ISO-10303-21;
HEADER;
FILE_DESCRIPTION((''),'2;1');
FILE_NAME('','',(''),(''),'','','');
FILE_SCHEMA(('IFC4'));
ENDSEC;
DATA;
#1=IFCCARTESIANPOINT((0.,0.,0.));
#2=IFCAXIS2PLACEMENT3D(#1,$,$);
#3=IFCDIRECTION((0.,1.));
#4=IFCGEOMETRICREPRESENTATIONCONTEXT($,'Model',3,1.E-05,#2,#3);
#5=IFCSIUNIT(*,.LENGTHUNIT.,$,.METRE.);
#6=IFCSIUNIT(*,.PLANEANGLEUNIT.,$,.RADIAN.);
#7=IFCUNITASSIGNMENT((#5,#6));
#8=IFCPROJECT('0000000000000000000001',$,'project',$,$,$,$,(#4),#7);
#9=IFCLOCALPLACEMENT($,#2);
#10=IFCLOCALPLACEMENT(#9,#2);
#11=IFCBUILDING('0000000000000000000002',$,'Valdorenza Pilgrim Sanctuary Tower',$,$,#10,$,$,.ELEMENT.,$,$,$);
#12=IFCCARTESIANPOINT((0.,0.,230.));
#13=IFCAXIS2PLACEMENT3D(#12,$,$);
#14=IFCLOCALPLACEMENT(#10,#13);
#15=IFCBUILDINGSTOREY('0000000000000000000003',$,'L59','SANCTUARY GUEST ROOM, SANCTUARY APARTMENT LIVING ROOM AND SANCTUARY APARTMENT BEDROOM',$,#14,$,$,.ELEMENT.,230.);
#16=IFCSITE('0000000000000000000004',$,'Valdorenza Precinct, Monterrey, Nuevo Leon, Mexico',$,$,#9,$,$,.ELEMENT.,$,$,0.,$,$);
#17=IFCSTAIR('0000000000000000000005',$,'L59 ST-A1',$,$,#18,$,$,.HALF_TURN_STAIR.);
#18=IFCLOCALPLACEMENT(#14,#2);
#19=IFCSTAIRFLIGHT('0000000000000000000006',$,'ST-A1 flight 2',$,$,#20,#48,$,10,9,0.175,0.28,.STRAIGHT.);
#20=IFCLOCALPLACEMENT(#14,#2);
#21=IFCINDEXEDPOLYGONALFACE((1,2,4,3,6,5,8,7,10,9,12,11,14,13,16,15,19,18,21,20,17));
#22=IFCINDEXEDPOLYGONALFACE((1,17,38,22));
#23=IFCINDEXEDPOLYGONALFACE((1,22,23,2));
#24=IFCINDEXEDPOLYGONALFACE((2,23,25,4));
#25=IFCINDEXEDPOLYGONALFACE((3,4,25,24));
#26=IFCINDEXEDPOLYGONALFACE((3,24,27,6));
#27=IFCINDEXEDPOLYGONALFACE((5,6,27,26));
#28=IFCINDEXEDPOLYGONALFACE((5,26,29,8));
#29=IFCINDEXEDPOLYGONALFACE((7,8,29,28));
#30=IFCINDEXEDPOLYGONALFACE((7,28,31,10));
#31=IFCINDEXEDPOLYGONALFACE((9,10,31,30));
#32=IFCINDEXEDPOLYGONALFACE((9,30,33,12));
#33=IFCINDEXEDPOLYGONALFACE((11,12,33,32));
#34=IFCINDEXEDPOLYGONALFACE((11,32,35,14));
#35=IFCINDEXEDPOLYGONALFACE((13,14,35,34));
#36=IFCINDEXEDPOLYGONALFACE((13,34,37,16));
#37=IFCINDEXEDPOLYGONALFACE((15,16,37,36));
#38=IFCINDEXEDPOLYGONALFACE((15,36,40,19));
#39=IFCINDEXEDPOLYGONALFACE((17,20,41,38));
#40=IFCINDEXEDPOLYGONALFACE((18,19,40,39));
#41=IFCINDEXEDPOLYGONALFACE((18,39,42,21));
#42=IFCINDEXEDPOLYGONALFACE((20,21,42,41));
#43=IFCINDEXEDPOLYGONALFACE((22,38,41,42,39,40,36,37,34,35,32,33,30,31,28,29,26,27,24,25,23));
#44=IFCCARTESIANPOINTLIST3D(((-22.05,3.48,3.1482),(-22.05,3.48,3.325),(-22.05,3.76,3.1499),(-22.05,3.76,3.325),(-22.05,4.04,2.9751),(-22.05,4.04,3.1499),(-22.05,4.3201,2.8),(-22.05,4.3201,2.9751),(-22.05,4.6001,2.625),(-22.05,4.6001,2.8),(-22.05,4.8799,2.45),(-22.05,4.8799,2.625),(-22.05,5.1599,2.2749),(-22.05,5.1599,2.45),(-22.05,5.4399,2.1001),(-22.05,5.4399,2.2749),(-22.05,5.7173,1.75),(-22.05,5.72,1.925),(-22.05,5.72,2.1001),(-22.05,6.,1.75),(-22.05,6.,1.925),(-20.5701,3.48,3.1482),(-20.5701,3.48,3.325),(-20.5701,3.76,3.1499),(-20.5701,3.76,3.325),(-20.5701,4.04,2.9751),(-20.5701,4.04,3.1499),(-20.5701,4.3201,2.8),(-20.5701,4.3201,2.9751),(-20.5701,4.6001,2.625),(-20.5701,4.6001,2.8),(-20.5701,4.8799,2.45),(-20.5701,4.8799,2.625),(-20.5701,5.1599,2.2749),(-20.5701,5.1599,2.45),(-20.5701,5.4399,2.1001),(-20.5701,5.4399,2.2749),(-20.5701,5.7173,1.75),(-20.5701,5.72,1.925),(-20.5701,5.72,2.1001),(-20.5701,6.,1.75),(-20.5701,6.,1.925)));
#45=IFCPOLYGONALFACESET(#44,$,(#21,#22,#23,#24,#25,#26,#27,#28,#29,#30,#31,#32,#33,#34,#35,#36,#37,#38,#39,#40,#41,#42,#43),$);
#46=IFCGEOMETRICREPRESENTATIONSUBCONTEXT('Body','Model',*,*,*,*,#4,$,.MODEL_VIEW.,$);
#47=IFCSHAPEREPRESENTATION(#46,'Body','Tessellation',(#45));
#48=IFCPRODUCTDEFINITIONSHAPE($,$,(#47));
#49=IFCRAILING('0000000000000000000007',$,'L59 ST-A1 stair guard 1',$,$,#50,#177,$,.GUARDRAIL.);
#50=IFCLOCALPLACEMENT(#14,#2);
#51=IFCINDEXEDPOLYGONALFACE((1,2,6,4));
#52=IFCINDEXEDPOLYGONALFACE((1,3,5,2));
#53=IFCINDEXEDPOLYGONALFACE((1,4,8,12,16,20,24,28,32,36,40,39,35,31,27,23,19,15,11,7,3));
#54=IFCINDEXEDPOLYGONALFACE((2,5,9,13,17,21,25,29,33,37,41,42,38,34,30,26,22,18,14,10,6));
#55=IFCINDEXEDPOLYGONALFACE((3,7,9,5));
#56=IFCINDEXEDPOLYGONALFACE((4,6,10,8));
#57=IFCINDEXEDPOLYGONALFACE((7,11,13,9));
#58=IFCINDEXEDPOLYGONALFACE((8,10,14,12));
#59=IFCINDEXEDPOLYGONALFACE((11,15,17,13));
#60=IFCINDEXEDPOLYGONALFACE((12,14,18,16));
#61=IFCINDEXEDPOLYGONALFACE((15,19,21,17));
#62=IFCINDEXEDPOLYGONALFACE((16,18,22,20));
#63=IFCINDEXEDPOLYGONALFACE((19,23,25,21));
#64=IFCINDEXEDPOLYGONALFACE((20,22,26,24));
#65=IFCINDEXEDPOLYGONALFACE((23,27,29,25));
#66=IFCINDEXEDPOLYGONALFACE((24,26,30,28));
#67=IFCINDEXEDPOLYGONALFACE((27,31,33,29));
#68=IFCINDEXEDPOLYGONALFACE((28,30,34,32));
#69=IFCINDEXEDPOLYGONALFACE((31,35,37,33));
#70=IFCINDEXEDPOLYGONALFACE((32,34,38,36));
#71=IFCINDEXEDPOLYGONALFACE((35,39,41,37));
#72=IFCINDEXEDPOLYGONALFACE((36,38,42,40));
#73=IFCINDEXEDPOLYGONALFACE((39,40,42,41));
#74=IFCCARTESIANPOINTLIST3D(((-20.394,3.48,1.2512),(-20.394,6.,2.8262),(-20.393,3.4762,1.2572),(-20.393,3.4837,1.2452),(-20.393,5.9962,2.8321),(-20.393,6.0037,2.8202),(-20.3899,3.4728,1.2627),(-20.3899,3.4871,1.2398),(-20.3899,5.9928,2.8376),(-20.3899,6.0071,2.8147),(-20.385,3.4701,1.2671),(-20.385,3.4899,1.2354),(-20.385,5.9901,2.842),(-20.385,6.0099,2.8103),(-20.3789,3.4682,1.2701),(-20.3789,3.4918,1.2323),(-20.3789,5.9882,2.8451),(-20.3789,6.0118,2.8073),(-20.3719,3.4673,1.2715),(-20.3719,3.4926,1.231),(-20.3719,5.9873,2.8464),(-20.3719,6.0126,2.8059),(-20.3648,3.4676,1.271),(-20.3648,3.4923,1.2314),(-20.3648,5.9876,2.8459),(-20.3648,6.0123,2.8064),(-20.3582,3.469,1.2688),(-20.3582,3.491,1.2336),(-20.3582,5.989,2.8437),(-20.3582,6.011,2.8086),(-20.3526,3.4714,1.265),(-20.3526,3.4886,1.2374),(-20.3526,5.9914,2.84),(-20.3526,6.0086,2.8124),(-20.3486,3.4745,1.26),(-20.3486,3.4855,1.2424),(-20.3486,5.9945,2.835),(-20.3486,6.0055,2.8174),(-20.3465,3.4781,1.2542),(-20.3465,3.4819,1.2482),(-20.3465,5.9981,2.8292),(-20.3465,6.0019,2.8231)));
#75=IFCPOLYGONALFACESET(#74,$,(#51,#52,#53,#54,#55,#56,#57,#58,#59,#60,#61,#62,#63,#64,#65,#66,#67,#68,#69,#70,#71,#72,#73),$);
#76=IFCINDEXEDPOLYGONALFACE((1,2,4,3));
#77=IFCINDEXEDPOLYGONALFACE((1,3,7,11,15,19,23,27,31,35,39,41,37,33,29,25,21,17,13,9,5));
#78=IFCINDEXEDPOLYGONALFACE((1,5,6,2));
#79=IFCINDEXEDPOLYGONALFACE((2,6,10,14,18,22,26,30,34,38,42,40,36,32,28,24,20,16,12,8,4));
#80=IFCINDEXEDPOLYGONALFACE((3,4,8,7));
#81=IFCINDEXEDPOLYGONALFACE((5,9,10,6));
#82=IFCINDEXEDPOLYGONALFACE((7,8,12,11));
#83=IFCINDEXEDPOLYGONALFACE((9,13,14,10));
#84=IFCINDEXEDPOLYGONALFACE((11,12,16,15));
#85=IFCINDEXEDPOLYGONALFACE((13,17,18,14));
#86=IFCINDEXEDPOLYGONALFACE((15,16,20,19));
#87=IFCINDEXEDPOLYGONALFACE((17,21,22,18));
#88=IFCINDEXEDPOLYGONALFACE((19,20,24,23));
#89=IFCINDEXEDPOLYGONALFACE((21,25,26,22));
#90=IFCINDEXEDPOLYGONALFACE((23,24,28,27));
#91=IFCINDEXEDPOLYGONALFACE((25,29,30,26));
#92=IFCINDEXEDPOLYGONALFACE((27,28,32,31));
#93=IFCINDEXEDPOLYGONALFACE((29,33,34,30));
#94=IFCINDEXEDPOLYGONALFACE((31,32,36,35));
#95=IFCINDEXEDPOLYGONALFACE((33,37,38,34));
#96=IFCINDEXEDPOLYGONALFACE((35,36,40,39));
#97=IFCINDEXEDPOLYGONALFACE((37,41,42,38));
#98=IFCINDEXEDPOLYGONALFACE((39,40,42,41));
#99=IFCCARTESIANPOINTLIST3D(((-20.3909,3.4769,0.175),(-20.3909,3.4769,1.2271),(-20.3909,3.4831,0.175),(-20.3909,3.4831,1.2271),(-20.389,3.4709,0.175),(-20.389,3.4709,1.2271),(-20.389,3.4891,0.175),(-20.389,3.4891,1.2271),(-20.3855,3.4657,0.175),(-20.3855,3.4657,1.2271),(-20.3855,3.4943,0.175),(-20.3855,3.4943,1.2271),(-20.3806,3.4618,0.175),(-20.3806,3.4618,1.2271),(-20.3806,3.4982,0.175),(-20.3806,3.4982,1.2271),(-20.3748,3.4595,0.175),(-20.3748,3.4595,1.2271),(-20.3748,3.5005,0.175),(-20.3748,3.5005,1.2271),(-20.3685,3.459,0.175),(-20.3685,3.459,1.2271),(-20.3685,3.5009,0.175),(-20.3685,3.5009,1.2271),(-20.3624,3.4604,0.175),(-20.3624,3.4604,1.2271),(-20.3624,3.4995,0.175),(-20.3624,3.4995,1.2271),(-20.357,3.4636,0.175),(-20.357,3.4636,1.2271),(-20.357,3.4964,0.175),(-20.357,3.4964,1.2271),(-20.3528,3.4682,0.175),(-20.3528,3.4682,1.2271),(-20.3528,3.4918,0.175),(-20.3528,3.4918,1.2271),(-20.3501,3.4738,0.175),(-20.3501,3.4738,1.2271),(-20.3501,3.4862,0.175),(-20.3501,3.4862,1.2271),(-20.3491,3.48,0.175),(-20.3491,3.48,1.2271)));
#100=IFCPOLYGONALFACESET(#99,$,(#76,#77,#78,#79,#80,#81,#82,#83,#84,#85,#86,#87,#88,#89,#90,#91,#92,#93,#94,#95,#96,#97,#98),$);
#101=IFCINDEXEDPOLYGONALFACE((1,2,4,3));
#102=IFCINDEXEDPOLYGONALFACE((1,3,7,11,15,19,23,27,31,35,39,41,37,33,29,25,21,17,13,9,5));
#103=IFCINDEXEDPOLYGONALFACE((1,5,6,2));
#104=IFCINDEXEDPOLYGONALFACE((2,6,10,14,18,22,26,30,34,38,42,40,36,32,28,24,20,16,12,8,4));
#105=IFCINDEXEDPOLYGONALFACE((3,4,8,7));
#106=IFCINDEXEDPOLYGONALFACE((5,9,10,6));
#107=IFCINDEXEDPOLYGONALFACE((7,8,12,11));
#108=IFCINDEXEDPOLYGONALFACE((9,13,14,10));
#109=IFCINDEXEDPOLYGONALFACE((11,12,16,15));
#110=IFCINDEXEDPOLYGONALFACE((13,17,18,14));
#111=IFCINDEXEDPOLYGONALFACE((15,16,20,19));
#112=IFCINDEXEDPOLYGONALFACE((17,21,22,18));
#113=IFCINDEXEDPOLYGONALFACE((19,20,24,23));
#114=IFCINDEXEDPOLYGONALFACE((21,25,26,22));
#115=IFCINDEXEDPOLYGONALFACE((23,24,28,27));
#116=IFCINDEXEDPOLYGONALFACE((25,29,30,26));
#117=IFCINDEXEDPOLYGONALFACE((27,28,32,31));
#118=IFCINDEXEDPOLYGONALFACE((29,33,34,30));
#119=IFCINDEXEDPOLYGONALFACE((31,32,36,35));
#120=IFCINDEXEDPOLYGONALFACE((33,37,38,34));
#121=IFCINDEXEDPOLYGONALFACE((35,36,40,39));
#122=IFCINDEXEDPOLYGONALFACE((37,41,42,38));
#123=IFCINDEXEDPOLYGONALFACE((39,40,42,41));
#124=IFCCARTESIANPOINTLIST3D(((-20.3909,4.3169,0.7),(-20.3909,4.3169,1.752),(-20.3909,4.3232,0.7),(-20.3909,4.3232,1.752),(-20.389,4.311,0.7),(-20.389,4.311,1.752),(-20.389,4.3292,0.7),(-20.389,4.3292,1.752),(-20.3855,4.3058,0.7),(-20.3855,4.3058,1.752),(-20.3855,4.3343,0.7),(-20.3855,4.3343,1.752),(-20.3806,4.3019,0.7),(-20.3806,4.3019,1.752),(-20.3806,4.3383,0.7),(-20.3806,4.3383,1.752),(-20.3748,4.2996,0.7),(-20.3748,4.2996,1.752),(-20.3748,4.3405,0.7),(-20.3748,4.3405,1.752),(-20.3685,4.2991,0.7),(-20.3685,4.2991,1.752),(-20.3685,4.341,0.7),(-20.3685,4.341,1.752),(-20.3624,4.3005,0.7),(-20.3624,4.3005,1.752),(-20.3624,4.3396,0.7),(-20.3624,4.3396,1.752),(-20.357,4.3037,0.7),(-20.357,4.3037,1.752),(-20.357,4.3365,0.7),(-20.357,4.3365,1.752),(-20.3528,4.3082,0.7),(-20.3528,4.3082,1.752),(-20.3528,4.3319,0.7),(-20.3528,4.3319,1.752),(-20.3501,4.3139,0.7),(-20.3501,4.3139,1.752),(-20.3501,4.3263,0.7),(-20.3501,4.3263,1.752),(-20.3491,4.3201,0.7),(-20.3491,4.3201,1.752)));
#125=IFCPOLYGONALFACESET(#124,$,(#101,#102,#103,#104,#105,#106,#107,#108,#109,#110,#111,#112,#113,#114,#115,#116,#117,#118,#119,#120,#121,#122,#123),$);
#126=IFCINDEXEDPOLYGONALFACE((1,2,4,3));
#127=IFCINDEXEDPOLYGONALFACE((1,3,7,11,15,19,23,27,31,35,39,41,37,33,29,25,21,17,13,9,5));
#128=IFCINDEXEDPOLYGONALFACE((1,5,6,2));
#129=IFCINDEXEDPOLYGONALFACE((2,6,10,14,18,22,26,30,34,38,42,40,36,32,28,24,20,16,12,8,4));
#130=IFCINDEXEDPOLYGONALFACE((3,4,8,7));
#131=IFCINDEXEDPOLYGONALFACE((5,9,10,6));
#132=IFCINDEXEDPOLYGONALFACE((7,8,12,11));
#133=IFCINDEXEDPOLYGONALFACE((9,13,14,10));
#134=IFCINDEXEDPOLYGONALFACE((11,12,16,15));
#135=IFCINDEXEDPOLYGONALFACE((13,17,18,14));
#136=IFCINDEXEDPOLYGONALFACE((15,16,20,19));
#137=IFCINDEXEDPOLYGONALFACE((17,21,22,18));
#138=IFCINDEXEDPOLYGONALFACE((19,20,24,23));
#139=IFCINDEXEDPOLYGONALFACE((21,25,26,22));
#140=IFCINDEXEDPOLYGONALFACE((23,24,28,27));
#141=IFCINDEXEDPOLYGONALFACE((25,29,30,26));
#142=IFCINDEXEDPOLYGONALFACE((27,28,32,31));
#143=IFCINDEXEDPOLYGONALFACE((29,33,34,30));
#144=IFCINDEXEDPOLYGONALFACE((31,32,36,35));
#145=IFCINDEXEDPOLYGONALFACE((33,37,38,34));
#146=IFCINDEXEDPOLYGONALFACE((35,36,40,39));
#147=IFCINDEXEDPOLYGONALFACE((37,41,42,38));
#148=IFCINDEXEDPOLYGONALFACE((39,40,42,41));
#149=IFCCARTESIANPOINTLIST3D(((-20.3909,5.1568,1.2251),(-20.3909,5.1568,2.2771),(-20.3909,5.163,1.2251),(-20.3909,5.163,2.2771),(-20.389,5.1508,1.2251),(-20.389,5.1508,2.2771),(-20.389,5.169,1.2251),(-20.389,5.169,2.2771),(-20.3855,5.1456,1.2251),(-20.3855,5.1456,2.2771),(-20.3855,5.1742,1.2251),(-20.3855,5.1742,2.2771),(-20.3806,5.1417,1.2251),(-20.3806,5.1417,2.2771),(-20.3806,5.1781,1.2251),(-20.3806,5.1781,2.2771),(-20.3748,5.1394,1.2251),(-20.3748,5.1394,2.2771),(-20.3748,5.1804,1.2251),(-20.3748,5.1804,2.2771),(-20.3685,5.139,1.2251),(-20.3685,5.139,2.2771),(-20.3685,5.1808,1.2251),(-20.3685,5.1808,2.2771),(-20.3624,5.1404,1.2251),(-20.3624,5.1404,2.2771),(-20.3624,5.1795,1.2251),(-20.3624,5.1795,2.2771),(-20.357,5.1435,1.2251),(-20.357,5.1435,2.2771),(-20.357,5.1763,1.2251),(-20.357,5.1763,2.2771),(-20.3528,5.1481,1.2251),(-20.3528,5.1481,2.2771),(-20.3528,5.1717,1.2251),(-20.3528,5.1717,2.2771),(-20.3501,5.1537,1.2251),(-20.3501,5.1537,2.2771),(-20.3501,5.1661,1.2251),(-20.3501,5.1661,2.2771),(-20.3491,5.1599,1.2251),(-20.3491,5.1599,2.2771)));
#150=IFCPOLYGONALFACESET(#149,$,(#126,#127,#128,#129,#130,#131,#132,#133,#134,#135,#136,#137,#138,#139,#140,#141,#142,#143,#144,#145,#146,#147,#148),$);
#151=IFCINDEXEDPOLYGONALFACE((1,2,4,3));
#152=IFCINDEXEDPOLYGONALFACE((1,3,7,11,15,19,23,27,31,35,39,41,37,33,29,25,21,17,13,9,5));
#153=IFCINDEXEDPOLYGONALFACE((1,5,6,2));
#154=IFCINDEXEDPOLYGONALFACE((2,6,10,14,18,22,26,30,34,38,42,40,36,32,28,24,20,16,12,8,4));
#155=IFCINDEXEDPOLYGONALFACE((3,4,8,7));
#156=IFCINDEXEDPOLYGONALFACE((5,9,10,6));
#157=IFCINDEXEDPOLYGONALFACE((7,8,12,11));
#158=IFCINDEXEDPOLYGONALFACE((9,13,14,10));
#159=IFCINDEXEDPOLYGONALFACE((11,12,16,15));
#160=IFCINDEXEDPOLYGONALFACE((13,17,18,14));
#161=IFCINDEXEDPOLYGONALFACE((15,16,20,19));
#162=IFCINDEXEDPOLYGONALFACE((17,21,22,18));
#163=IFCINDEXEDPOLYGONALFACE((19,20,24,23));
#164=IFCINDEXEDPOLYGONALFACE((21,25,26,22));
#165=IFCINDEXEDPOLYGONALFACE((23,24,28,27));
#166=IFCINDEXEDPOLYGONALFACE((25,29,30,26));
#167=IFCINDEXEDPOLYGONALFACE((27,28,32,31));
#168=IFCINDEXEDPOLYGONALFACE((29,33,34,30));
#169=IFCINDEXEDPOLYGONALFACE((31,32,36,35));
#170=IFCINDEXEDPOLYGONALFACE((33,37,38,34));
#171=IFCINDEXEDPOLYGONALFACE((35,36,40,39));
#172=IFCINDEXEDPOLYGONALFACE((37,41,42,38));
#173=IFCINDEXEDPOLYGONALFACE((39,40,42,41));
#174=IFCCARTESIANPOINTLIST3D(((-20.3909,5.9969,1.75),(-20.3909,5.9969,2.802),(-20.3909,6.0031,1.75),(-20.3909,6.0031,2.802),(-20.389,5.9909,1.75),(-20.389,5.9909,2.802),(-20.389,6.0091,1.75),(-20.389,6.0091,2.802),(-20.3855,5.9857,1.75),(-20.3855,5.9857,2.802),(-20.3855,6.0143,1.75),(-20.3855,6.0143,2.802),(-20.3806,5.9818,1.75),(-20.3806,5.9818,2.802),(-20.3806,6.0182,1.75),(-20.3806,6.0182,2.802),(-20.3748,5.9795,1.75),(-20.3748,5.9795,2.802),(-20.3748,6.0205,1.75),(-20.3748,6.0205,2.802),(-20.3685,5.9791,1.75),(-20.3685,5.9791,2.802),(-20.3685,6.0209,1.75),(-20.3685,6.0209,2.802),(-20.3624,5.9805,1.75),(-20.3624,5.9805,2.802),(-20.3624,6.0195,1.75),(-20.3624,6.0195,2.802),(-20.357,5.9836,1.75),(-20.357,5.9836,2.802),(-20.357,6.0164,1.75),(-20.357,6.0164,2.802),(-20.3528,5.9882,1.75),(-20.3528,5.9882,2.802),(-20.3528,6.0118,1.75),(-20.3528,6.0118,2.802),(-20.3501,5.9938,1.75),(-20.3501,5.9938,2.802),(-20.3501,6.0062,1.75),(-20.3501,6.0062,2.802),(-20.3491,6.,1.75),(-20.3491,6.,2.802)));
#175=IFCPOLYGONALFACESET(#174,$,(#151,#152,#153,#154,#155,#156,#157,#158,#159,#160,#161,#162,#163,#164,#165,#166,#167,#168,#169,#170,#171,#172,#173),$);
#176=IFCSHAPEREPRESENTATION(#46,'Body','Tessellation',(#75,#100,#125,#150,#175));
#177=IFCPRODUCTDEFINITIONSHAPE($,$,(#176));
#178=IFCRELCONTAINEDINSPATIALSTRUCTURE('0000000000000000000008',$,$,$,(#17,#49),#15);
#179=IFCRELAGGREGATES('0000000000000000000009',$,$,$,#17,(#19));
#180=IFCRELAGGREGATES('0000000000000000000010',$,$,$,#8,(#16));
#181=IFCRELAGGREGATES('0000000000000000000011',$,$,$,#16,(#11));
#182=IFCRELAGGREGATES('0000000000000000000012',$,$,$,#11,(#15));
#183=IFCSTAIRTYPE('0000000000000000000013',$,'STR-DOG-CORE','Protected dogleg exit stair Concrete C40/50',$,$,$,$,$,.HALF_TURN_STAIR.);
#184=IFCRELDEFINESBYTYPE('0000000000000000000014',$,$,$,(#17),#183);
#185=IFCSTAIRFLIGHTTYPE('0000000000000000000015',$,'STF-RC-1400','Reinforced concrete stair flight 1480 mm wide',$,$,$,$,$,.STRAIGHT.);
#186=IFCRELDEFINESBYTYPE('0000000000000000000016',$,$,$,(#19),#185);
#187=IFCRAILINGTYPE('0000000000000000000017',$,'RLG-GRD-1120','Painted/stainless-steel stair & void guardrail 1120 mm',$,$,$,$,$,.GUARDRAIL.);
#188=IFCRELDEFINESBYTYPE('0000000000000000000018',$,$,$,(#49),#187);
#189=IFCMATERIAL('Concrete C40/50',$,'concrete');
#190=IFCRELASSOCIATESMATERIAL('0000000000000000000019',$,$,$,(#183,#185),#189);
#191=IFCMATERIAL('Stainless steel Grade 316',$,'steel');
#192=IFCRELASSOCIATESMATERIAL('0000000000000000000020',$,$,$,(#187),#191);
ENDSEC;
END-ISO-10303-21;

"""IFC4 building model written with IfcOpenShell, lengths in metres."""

from ifc_helpers import new_model, si_unit, direction, frame, origin, origin_2d, place, context, subcontext, project, spatial, polyline, circle, outline, extrude, material, type_object, element, aggregate, save


model = new_model("IFC4")

# Units and contexts
model_context = context("Model", 3, precision=1e-05, world=origin(), true_north=direction((0.0, 1.0)))
body_context = subcontext(model_context, "Body", "Model", "MODEL_VIEW")
ifc_project = project(units=[si_unit("LENGTHUNIT", "METRE"), si_unit("PLANEANGLEUNIT", "RADIAN")], contexts=[model_context])

# Site, building, storey
site_placement = place(None, origin())
site = spatial("IfcSite", under=ifc_project, at=site_placement, Name="Valdorenza Precinct, Monterrey, Nuevo Leon, Mexico", CompositionType="ELEMENT", RefElevation=0.0)
building_placement = place(site_placement, origin())
building = spatial("IfcBuilding", under=site, at=building_placement, Name="Valdorenza Pilgrim Sanctuary Tower", CompositionType="ELEMENT")
storey_placement = place(building_placement, frame((0.0, 0.0, 230.0)))
storey = spatial("IfcBuildingStorey", under=building, at=storey_placement, Name="L59", Description="SANCTUARY GUEST ROOM, SANCTUARY APARTMENT LIVING ROOM AND SANCTUARY APARTMENT BEDROOM", CompositionType="ELEMENT", Elevation=230.0)

# Shared definitions
ifc_material_1 = material(Name="Concrete C40/50", Category="concrete")

# Stair, stair flight
stair_type = type_object("IfcStairType", Name="STR-DOG-CORE", Description="Protected dogleg exit stair Concrete C40/50", PredefinedType="HALF_TURN_STAIR", material=ifc_material_1)
stair_placement = place(storey_placement, origin())
stair = element("IfcStair", 1, at=stair_placement, inside=storey, type_object=stair_type, Name="L59 ST-A1", PredefinedType="HALF_TURN_STAIR")
stair_flight_type = type_object("IfcStairFlightType", Name="STF-RC-1400", Description="Reinforced concrete stair flight 1480 mm wide", PredefinedType="STRAIGHT", material=ifc_material_1)
stair_flight_1_placement = place(storey_placement, frame((-21.3101, 6.0, 1.75), z_axis=(0.0, 0.0, 1.0), x_axis=(0.0, -1.0, 0.0)))
stair_flight_1 = element("IfcStairFlight", 2, at=stair_flight_1_placement, type_object=stair_flight_type, Name="ST-A1 flight 2", NumberOfRisers=10, NumberOfTreads=9, PredefinedType="STRAIGHT", RiserHeight=0.175, TreadLength=0.28, context=body_context, shape_type="SweptSolid", body=[
    extrude(outline(polyline([(0.0, 0.0), (0.0, 0.175), (0.28, 0.175), (0.28, 0.3501), (0.5601, 0.3501), (0.5601, 0.5249), (0.8401, 0.5249), (0.8401, 0.7), (1.1201, 0.7), (1.1201, 0.875), (1.3999, 0.875), (1.3999, 1.05), (1.6799, 1.05), (1.6799, 1.2251), (1.96, 1.2251), (1.96, 1.3999), (2.24, 1.3999), (2.24, 1.575), (2.52, 1.575), (2.52, 1.75), (2.52, 1.3982), (0.2827, 0.0), (0.0, 0.0)])), frame((0.0, 0.74, 0.0), z_axis=(0.0, -1.0, 0.0), x_axis=(1.0, 0.0, 0.0)), (0.0, 0.0, 1.0), 1.48),
])
aggregate(stair, [stair_flight_1])

# Railing
ifc_material_2 = material(Name="Stainless steel Grade 316", Category="steel")
railing_type_1 = type_object("IfcRailingType", Name="RLG-GRD-1120", Description="Painted/stainless-steel stair & void guardrail 1120 mm", PredefinedType="GUARDRAIL", material=ifc_material_2)
railing_1_placement = place(storey_placement, frame((-20.3701, 3.48, 0.175)))
element("IfcRailing", 3, at=railing_1_placement, inside=storey, type_object=railing_type_1, Name="L59 ST-A1 stair guard 1", PredefinedType="GUARDRAIL", context=body_context, shape_type="SweptSolid", body=[
    extrude(circle(Radius=0.0239, at=origin_2d()), frame((0.0, 0.0, 1.0762), z_axis=(0.0, 0.848008, 0.529984), x_axis=(-1.0, 0.0, 0.0)), (0.0, 0.0, 1.0), 2.9717),
    extrude(circle(Radius=0.021, at=origin_2d()), origin(), (0.0, 0.0, 1.0), 1.052),
    extrude(circle(Radius=0.021, at=origin_2d()), frame((0.0, 0.8401, 0.5249)), (0.0, 0.0, 1.0), 1.052),
    extrude(circle(Radius=0.021, at=origin_2d()), frame((0.0, 1.6799, 1.05)), (0.0, 0.0, 1.0), 1.052),
    extrude(circle(Radius=0.021, at=origin_2d()), frame((0.0, 2.52, 1.575)), (0.0, 0.0, 1.0), 1.052),
])

save(model, "model.ifc")
